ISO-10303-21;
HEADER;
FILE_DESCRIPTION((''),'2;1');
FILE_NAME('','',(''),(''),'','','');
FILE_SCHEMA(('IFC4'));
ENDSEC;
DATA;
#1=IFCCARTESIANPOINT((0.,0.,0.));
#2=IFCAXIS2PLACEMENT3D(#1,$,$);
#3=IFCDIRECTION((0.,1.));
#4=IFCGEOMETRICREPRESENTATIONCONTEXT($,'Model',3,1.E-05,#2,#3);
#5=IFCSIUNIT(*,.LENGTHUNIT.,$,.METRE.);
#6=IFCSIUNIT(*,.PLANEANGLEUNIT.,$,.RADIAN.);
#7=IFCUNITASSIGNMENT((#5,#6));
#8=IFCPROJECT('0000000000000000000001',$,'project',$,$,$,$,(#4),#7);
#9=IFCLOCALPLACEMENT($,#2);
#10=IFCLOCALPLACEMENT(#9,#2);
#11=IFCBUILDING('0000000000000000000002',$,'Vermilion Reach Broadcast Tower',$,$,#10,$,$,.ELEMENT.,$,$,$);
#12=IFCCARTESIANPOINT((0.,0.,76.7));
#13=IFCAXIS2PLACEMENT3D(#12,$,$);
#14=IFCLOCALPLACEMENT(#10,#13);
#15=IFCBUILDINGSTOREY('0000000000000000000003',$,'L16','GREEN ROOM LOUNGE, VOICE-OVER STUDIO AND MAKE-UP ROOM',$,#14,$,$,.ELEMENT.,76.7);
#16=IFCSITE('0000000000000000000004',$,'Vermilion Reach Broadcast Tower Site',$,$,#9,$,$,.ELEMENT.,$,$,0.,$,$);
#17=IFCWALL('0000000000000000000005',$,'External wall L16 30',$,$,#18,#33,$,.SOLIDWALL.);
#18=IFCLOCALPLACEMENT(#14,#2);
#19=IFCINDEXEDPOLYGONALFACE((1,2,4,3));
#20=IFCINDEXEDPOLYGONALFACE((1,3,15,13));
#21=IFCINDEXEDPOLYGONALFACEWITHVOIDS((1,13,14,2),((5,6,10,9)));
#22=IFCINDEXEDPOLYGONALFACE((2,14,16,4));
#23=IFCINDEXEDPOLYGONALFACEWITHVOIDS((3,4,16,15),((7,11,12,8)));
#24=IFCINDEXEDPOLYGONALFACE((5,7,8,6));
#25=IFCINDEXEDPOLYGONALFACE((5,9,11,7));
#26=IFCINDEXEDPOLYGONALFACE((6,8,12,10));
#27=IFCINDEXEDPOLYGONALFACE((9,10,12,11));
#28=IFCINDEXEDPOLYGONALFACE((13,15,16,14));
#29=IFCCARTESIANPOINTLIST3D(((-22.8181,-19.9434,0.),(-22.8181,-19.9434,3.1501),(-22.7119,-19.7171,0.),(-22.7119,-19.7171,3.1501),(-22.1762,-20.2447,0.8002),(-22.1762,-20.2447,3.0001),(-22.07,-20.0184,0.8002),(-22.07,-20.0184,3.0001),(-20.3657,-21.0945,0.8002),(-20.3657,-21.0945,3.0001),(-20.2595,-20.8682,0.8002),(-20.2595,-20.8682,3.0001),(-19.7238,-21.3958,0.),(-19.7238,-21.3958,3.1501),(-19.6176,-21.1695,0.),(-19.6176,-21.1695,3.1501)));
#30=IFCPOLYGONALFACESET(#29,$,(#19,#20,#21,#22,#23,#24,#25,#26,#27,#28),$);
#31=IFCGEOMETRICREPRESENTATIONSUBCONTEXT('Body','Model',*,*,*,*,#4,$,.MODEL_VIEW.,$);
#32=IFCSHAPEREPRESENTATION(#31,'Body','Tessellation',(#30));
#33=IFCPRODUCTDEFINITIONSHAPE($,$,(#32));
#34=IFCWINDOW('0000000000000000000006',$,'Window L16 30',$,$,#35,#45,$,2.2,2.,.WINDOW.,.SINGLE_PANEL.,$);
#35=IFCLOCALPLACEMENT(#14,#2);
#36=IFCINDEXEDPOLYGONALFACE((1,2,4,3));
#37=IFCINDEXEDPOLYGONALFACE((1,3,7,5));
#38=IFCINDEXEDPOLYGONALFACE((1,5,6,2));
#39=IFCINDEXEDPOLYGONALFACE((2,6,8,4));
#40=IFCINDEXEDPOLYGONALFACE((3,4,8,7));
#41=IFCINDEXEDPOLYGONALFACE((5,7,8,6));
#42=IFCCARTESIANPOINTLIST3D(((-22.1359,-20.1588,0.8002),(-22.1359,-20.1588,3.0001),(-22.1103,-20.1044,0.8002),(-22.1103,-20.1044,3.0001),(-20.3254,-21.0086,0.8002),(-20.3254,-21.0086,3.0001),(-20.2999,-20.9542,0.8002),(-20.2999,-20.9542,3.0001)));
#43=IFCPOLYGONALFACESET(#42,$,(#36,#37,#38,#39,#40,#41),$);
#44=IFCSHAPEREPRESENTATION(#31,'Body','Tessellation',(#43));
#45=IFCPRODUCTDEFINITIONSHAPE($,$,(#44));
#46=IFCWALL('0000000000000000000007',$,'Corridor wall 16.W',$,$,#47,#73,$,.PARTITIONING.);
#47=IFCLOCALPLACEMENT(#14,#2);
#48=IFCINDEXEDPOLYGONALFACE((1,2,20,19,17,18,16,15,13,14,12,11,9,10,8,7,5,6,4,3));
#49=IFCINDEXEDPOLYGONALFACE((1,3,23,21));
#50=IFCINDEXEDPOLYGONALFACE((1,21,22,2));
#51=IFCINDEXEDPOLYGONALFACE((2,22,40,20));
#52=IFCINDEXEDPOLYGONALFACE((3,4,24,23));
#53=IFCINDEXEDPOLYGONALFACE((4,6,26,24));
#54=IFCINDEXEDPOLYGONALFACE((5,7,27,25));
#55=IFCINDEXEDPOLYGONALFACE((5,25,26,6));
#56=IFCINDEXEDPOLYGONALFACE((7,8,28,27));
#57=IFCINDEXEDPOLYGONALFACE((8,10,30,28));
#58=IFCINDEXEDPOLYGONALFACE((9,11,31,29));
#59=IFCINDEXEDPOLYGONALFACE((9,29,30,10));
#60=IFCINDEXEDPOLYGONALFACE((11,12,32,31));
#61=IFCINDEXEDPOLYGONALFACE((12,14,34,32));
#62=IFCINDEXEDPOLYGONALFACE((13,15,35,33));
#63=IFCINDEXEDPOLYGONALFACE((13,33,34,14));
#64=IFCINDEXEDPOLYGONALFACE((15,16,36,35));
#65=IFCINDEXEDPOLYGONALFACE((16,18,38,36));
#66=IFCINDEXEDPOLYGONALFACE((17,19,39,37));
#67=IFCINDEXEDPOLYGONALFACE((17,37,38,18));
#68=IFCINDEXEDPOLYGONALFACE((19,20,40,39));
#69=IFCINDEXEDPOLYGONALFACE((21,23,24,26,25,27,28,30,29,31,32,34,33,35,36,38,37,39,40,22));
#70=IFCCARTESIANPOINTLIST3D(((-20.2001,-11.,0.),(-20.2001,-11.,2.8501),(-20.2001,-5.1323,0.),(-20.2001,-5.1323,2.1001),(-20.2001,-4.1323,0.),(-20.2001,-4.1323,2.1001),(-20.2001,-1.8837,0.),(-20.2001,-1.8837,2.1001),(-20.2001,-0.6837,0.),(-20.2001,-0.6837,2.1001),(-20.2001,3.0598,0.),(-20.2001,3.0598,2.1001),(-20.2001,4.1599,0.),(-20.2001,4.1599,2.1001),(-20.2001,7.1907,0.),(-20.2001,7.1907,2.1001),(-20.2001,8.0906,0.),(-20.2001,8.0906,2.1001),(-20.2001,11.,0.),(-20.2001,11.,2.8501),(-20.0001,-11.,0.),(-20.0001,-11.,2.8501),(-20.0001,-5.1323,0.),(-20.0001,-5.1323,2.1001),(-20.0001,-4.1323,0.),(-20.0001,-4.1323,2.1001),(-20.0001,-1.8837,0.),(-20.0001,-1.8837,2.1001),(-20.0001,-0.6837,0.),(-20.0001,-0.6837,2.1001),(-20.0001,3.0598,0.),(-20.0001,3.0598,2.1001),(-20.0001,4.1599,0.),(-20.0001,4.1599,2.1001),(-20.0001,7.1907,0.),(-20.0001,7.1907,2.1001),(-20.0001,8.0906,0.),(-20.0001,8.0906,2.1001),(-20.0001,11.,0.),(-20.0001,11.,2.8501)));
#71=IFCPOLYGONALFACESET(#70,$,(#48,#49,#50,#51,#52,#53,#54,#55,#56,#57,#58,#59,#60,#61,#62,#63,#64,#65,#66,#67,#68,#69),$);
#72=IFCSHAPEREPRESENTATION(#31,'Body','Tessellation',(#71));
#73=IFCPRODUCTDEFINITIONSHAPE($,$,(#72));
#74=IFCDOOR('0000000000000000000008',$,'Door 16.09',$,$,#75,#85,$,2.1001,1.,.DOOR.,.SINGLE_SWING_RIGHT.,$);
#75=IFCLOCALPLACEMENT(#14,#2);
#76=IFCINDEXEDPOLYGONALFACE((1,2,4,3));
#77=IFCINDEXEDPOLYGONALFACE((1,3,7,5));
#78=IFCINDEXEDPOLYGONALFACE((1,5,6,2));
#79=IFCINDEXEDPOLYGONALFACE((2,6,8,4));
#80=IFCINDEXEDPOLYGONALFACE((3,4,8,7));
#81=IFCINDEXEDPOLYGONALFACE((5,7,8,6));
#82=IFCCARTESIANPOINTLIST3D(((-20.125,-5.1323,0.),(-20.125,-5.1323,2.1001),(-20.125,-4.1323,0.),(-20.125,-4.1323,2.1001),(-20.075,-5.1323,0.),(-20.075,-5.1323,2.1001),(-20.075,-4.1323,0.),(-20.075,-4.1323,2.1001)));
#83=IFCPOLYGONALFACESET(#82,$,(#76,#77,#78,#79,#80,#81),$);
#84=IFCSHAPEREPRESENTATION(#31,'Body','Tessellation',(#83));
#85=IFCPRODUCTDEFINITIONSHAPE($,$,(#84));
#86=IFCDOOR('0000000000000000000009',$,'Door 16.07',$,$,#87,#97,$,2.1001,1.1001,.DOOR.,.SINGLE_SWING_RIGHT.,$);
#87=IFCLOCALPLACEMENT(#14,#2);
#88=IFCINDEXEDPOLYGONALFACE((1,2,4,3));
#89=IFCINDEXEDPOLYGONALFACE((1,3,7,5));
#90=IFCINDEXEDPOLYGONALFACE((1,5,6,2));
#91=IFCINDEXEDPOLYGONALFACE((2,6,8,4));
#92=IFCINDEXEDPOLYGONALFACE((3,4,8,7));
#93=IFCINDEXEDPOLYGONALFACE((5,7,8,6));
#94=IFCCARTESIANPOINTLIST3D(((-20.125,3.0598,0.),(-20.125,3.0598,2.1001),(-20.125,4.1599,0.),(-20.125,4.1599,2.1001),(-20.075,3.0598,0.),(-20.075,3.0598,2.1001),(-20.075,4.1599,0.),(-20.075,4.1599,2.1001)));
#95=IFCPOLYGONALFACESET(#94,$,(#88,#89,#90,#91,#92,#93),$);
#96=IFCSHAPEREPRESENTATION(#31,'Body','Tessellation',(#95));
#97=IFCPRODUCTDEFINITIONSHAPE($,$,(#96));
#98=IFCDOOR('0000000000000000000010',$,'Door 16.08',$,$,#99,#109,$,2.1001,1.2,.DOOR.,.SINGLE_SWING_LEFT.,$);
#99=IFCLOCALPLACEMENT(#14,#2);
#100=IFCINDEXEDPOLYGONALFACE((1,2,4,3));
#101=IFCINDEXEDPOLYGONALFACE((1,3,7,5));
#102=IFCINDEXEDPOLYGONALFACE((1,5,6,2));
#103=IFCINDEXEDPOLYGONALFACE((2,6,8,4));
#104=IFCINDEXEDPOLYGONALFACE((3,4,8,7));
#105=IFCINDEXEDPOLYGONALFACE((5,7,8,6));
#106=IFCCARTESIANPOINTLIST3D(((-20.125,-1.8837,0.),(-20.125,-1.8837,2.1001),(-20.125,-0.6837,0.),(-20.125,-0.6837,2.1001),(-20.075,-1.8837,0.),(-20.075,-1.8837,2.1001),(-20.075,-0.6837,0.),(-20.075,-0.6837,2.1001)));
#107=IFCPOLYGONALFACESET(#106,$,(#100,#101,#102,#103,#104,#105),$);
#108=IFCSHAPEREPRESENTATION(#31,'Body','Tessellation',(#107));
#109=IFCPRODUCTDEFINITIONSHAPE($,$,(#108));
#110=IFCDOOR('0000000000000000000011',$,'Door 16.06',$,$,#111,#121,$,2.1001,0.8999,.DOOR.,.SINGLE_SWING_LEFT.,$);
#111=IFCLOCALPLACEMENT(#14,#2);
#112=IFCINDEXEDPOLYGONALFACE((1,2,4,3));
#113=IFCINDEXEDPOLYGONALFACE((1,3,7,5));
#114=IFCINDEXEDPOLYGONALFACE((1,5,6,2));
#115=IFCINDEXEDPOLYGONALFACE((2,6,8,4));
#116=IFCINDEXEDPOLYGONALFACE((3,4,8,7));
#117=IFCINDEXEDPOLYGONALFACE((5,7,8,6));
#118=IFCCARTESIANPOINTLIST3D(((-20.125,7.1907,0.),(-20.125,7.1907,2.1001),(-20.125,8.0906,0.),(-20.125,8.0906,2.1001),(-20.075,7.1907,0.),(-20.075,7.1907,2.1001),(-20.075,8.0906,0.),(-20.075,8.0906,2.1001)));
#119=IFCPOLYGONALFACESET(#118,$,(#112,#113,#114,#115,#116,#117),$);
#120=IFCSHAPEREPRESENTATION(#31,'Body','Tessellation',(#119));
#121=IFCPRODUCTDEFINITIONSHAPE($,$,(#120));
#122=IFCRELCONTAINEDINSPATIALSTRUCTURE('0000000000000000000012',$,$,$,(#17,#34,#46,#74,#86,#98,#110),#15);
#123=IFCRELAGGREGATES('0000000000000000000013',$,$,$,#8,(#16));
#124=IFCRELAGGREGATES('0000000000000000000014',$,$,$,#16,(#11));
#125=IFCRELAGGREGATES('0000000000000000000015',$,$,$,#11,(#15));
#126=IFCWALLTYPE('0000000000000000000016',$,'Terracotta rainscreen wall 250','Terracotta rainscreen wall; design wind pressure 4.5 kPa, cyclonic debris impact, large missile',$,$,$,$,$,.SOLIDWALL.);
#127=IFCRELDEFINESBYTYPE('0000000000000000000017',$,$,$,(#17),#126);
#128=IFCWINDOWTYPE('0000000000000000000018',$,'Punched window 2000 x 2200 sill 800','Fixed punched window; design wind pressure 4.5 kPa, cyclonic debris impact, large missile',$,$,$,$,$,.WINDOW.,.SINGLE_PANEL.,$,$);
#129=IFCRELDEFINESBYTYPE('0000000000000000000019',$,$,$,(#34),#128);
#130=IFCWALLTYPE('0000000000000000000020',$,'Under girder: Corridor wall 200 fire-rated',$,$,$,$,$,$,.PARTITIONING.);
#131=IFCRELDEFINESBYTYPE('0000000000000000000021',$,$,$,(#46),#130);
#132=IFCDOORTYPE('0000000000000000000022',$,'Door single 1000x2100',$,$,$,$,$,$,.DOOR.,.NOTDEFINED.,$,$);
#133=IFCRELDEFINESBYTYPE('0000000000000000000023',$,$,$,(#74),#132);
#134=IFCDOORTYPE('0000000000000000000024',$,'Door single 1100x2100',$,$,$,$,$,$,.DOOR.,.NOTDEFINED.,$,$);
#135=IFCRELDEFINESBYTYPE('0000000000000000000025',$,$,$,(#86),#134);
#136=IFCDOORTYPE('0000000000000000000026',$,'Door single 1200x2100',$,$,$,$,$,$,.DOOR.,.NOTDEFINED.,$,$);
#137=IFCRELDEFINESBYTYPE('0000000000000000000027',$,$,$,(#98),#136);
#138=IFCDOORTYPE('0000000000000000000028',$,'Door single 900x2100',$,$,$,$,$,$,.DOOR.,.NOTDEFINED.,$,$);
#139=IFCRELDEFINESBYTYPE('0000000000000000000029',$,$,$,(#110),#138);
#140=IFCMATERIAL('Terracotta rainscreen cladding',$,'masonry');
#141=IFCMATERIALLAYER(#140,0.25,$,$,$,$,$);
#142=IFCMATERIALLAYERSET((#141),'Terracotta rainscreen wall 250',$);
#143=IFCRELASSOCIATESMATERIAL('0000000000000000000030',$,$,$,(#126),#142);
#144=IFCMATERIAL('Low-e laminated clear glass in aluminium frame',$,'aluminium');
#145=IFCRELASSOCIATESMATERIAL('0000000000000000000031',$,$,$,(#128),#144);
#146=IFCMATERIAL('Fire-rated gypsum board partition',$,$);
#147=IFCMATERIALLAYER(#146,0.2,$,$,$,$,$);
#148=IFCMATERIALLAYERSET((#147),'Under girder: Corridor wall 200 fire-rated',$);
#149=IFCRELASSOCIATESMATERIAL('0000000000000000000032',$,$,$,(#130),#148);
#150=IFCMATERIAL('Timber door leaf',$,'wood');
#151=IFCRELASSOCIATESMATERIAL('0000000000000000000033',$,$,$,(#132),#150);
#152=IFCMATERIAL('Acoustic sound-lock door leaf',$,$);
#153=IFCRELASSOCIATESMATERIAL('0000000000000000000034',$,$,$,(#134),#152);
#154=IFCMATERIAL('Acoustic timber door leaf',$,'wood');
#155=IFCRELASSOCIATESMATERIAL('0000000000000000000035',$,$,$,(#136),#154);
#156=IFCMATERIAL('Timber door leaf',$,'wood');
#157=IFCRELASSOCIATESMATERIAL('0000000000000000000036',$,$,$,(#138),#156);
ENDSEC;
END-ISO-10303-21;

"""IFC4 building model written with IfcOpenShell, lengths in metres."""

from ifc_helpers import new_model, si_unit, direction, frame, frame_2d, origin, place, context, subcontext, project, spatial, rectangle, extrude, material, layer, layer_set, type_object, element, fill, save


model = new_model("IFC4")

# Units and contexts
model_context = context("Model", 3, precision=1e-05, world=origin(), true_north=direction((0.0, 1.0)))
body_context = subcontext(model_context, "Body", "Model", "MODEL_VIEW")
ifc_project = project(units=[si_unit("LENGTHUNIT", "METRE"), si_unit("PLANEANGLEUNIT", "RADIAN")], contexts=[model_context])

# Site, building, storey
site_placement = place(None, origin())
site = spatial("IfcSite", under=ifc_project, at=site_placement, Name="Vermilion Reach Broadcast Tower Site", CompositionType="ELEMENT", RefElevation=0.0)
building_placement = place(site_placement, origin())
building = spatial("IfcBuilding", under=site, at=building_placement, Name="Vermilion Reach Broadcast Tower", CompositionType="ELEMENT")
storey_placement = place(building_placement, frame((0.0, 0.0, 76.7)))
storey = spatial("IfcBuildingStorey", under=building, at=storey_placement, Name="L16", Description="GREEN ROOM LOUNGE, VOICE-OVER STUDIO AND MAKE-UP ROOM", CompositionType="ELEMENT", Elevation=76.7)

# Shared definitions
ifc_material_1 = material(Name="Terracotta rainscreen cladding", Category="masonry")
ifc_layer_1 = layer(ifc_material_1, 0.25)
ifc_layer_set_1 = layer_set([ifc_layer_1], Name="Terracotta rainscreen wall 250")
wall_type_1 = type_object("IfcWallType", Name="Terracotta rainscreen wall 250", Description="Terracotta rainscreen wall; design wind pressure 4.5 kPa, cyclonic debris impact, large missile", PredefinedType="SOLIDWALL", material=ifc_layer_set_1)

# Wall, opening, window
ifc_material_2 = material(Name="Low-e laminated clear glass in aluminium frame", Category="aluminium")
window_type = type_object("IfcWindowType", Name="Punched window 2000 x 2200 sill 800", Description="Fixed punched window; design wind pressure 4.5 kPa, cyclonic debris impact, large missile", PartitioningType="SINGLE_PANEL", PredefinedType="WINDOW", material=ifc_material_2)
wall_1_placement = place(storey_placement, frame((-22.7649, -19.8303, 0.0), z_axis=(0.0, 0.0, 1.0), x_axis=(0.905238, -0.424906, 0.0)))
wall_1 = element("IfcWall", 1, at=wall_1_placement, inside=storey, type_object=wall_type_1, Name="External wall L16 30", PredefinedType="SOLIDWALL", context=body_context, shape_type="SweptSolid", body=[
    extrude(rectangle(XDim=3.4182, YDim=0.25, at=frame_2d((1.709, 0.0))), origin(), (0.0, 0.0, 1.0), 3.1501),
])
opening_1_placement = place(wall_1_placement, frame((0.709, 0.0, 0.8)))
opening_1 = element("IfcOpeningElement", 2, at=opening_1_placement, cuts=wall_1, PredefinedType="OPENING", context=body_context, shape_type="SweptSolid", body=[
    extrude(rectangle(XDim=2.0, YDim=2.2, at=frame_2d((1.0, 1.1001))), frame((0.0, 0.135, 0.0), z_axis=(0.0, -1.0, 0.0), x_axis=(1.0, 0.0, 0.0)), (0.0, 0.0, 1.0), 0.27),
])
window_1_placement = place(opening_1_placement, origin())
window_1 = element("IfcWindow", 3, at=window_1_placement, inside=storey, type_object=window_type, Name="Window L16 30", OverallHeight=2.2, OverallWidth=2.0, PartitioningType="SINGLE_PANEL", PredefinedType="WINDOW", context=body_context, shape_type="SweptSolid", body=[
    extrude(rectangle(XDim=2.0, YDim=2.2, at=frame_2d((1.0, 1.1001))), frame((0.0, 0.03, 0.0), z_axis=(0.0, -1.0, 0.0), x_axis=(1.0, 0.0, 0.0)), (0.0, 0.0, 1.0), 0.0601),
])
fill(opening_1, window_1)

# Wall, openings, doors
ifc_material_3 = material(Name="Fire-rated gypsum board partition")
ifc_layer_2 = layer(ifc_material_3, 0.2)
ifc_layer_set_2 = layer_set([ifc_layer_2], Name="Under girder: Corridor wall 200 fire-rated")
wall_type_2 = type_object("IfcWallType", Name="Under girder: Corridor wall 200 fire-rated", PredefinedType="PARTITIONING", material=ifc_layer_set_2)
wall_2_placement = place(storey_placement, frame((-20.1001, -11.0, 0.0), z_axis=(0.0, 0.0, 1.0), x_axis=(0.0, 1.0, 0.0)))
wall_2 = element("IfcWall", 4, at=wall_2_placement, inside=storey, type_object=wall_type_2, Name="Corridor wall 16.W", PredefinedType="PARTITIONING", context=body_context, shape_type="SweptSolid", body=[
    extrude(rectangle(XDim=22.0, YDim=0.2, at=frame_2d((11.0, 0.0))), origin(), (0.0, 0.0, 1.0), 2.8501),
])
opening_2_placement = place(wall_2_placement, frame((18.1907, 0.0, 0.0)))
opening_2 = element("IfcOpeningElement", 5, at=opening_2_placement, cuts=wall_2, PredefinedType="OPENING", context=body_context, shape_type="SweptSolid", body=[
    extrude(rectangle(XDim=0.8999, YDim=2.1001, at=frame_2d((0.45, 1.05))), frame((0.0, 0.1099, 0.0), z_axis=(0.0, -1.0, 0.0), x_axis=(1.0, 0.0, 0.0)), (0.0, 0.0, 1.0), 0.22),
])
opening_3_placement = place(wall_2_placement, frame((14.0598, 0.0, 0.0)))
opening_3 = element("IfcOpeningElement", 6, at=opening_3_placement, cuts=wall_2, PredefinedType="OPENING", context=body_context, shape_type="SweptSolid", body=[
    extrude(rectangle(XDim=1.1001, YDim=2.1001, at=frame_2d((0.55, 1.05))), frame((0.0, 0.1099, 0.0), z_axis=(0.0, -1.0, 0.0), x_axis=(1.0, 0.0, 0.0)), (0.0, 0.0, 1.0), 0.22),
])
opening_4_placement = place(wall_2_placement, frame((9.1162, 0.0, 0.0)))
opening_4 = element("IfcOpeningElement", 7, at=opening_4_placement, cuts=wall_2, PredefinedType="OPENING", context=body_context, shape_type="SweptSolid", body=[
    extrude(rectangle(XDim=1.2, YDim=2.1001, at=frame_2d((0.6001, 1.05))), frame((0.0, 0.1099, 0.0), z_axis=(0.0, -1.0, 0.0), x_axis=(1.0, 0.0, 0.0)), (0.0, 0.0, 1.0), 0.22),
])
opening_5_placement = place(wall_2_placement, frame((5.8677, 0.0, 0.0)))
opening_5 = element("IfcOpeningElement", 8, at=opening_5_placement, cuts=wall_2, PredefinedType="OPENING", context=body_context, shape_type="SweptSolid", body=[
    extrude(rectangle(XDim=1.0, YDim=2.1001, at=frame_2d((0.5, 1.05))), frame((0.0, 0.1099, 0.0), z_axis=(0.0, -1.0, 0.0), x_axis=(1.0, 0.0, 0.0)), (0.0, 0.0, 1.0), 0.22),
])
ifc_material_4 = material(Name="Timber door leaf", Category="wood")
door_type_1 = type_object("IfcDoorType", Name="Door single 1000x2100", OperationType="NOTDEFINED", PredefinedType="DOOR", material=ifc_material_4)
door_1_placement = place(opening_5_placement, origin())
door_1 = element("IfcDoor", 9, at=door_1_placement, inside=storey, type_object=door_type_1, Name="Door 16.09", OperationType="SINGLE_SWING_RIGHT", OverallHeight=2.1001, OverallWidth=1.0, PredefinedType="DOOR", context=body_context, shape_type="SweptSolid", body=[
    extrude(rectangle(XDim=1.0, YDim=2.1001, at=frame_2d((0.5, 1.05))), frame((0.0, 0.0249, 0.0), z_axis=(0.0, -1.0, 0.0), x_axis=(1.0, 0.0, 0.0)), (0.0, 0.0, 1.0), 0.05),
])
fill(opening_5, door_1)
ifc_material_5 = material(Name="Acoustic sound-lock door leaf")
door_type_2 = type_object("IfcDoorType", Name="Door single 1100x2100", OperationType="NOTDEFINED", PredefinedType="DOOR", material=ifc_material_5)
door_2_placement = place(opening_3_placement, origin())
door_2 = element("IfcDoor", 10, at=door_2_placement, inside=storey, type_object=door_type_2, Name="Door 16.07", OperationType="SINGLE_SWING_RIGHT", OverallHeight=2.1001, OverallWidth=1.1001, PredefinedType="DOOR", context=body_context, shape_type="SweptSolid", body=[
    extrude(rectangle(XDim=1.1001, YDim=2.1001, at=frame_2d((0.55, 1.05))), frame((0.0, 0.0249, 0.0), z_axis=(0.0, -1.0, 0.0), x_axis=(1.0, 0.0, 0.0)), (0.0, 0.0, 1.0), 0.05),
])
fill(opening_3, door_2)
ifc_material_6 = material(Name="Acoustic timber door leaf", Category="wood")
door_type_3 = type_object("IfcDoorType", Name="Door single 1200x2100", OperationType="NOTDEFINED", PredefinedType="DOOR", material=ifc_material_6)
door_3_placement = place(opening_4_placement, origin())
door_3 = element("IfcDoor", 11, at=door_3_placement, inside=storey, type_object=door_type_3, Name="Door 16.08", OperationType="SINGLE_SWING_LEFT", OverallHeight=2.1001, OverallWidth=1.2, PredefinedType="DOOR", context=body_context, shape_type="SweptSolid", body=[
    extrude(rectangle(XDim=1.2, YDim=2.1001, at=frame_2d((0.6001, 1.05))), frame((0.0, 0.0249, 0.0), z_axis=(0.0, -1.0, 0.0), x_axis=(1.0, 0.0, 0.0)), (0.0, 0.0, 1.0), 0.05),
])
fill(opening_4, door_3)
ifc_material_7 = material(Name="Timber door leaf", Category="wood")
door_type_4 = type_object("IfcDoorType", Name="Door single 900x2100", OperationType="NOTDEFINED", PredefinedType="DOOR", material=ifc_material_7)
door_4_placement = place(opening_2_placement, origin())
door_4 = element("IfcDoor", 12, at=door_4_placement, inside=storey, type_object=door_type_4, Name="Door 16.06", OperationType="SINGLE_SWING_LEFT", OverallHeight=2.1001, OverallWidth=0.8999, PredefinedType="DOOR", context=body_context, shape_type="SweptSolid", body=[
    extrude(rectangle(XDim=0.8999, YDim=2.1001, at=frame_2d((0.45, 1.05))), frame((0.0, 0.0249, 0.0), z_axis=(0.0, -1.0, 0.0), x_axis=(1.0, 0.0, 0.0)), (0.0, 0.0, 1.0), 0.05),
])
fill(opening_2, door_4)

save(model, "model.ifc")
